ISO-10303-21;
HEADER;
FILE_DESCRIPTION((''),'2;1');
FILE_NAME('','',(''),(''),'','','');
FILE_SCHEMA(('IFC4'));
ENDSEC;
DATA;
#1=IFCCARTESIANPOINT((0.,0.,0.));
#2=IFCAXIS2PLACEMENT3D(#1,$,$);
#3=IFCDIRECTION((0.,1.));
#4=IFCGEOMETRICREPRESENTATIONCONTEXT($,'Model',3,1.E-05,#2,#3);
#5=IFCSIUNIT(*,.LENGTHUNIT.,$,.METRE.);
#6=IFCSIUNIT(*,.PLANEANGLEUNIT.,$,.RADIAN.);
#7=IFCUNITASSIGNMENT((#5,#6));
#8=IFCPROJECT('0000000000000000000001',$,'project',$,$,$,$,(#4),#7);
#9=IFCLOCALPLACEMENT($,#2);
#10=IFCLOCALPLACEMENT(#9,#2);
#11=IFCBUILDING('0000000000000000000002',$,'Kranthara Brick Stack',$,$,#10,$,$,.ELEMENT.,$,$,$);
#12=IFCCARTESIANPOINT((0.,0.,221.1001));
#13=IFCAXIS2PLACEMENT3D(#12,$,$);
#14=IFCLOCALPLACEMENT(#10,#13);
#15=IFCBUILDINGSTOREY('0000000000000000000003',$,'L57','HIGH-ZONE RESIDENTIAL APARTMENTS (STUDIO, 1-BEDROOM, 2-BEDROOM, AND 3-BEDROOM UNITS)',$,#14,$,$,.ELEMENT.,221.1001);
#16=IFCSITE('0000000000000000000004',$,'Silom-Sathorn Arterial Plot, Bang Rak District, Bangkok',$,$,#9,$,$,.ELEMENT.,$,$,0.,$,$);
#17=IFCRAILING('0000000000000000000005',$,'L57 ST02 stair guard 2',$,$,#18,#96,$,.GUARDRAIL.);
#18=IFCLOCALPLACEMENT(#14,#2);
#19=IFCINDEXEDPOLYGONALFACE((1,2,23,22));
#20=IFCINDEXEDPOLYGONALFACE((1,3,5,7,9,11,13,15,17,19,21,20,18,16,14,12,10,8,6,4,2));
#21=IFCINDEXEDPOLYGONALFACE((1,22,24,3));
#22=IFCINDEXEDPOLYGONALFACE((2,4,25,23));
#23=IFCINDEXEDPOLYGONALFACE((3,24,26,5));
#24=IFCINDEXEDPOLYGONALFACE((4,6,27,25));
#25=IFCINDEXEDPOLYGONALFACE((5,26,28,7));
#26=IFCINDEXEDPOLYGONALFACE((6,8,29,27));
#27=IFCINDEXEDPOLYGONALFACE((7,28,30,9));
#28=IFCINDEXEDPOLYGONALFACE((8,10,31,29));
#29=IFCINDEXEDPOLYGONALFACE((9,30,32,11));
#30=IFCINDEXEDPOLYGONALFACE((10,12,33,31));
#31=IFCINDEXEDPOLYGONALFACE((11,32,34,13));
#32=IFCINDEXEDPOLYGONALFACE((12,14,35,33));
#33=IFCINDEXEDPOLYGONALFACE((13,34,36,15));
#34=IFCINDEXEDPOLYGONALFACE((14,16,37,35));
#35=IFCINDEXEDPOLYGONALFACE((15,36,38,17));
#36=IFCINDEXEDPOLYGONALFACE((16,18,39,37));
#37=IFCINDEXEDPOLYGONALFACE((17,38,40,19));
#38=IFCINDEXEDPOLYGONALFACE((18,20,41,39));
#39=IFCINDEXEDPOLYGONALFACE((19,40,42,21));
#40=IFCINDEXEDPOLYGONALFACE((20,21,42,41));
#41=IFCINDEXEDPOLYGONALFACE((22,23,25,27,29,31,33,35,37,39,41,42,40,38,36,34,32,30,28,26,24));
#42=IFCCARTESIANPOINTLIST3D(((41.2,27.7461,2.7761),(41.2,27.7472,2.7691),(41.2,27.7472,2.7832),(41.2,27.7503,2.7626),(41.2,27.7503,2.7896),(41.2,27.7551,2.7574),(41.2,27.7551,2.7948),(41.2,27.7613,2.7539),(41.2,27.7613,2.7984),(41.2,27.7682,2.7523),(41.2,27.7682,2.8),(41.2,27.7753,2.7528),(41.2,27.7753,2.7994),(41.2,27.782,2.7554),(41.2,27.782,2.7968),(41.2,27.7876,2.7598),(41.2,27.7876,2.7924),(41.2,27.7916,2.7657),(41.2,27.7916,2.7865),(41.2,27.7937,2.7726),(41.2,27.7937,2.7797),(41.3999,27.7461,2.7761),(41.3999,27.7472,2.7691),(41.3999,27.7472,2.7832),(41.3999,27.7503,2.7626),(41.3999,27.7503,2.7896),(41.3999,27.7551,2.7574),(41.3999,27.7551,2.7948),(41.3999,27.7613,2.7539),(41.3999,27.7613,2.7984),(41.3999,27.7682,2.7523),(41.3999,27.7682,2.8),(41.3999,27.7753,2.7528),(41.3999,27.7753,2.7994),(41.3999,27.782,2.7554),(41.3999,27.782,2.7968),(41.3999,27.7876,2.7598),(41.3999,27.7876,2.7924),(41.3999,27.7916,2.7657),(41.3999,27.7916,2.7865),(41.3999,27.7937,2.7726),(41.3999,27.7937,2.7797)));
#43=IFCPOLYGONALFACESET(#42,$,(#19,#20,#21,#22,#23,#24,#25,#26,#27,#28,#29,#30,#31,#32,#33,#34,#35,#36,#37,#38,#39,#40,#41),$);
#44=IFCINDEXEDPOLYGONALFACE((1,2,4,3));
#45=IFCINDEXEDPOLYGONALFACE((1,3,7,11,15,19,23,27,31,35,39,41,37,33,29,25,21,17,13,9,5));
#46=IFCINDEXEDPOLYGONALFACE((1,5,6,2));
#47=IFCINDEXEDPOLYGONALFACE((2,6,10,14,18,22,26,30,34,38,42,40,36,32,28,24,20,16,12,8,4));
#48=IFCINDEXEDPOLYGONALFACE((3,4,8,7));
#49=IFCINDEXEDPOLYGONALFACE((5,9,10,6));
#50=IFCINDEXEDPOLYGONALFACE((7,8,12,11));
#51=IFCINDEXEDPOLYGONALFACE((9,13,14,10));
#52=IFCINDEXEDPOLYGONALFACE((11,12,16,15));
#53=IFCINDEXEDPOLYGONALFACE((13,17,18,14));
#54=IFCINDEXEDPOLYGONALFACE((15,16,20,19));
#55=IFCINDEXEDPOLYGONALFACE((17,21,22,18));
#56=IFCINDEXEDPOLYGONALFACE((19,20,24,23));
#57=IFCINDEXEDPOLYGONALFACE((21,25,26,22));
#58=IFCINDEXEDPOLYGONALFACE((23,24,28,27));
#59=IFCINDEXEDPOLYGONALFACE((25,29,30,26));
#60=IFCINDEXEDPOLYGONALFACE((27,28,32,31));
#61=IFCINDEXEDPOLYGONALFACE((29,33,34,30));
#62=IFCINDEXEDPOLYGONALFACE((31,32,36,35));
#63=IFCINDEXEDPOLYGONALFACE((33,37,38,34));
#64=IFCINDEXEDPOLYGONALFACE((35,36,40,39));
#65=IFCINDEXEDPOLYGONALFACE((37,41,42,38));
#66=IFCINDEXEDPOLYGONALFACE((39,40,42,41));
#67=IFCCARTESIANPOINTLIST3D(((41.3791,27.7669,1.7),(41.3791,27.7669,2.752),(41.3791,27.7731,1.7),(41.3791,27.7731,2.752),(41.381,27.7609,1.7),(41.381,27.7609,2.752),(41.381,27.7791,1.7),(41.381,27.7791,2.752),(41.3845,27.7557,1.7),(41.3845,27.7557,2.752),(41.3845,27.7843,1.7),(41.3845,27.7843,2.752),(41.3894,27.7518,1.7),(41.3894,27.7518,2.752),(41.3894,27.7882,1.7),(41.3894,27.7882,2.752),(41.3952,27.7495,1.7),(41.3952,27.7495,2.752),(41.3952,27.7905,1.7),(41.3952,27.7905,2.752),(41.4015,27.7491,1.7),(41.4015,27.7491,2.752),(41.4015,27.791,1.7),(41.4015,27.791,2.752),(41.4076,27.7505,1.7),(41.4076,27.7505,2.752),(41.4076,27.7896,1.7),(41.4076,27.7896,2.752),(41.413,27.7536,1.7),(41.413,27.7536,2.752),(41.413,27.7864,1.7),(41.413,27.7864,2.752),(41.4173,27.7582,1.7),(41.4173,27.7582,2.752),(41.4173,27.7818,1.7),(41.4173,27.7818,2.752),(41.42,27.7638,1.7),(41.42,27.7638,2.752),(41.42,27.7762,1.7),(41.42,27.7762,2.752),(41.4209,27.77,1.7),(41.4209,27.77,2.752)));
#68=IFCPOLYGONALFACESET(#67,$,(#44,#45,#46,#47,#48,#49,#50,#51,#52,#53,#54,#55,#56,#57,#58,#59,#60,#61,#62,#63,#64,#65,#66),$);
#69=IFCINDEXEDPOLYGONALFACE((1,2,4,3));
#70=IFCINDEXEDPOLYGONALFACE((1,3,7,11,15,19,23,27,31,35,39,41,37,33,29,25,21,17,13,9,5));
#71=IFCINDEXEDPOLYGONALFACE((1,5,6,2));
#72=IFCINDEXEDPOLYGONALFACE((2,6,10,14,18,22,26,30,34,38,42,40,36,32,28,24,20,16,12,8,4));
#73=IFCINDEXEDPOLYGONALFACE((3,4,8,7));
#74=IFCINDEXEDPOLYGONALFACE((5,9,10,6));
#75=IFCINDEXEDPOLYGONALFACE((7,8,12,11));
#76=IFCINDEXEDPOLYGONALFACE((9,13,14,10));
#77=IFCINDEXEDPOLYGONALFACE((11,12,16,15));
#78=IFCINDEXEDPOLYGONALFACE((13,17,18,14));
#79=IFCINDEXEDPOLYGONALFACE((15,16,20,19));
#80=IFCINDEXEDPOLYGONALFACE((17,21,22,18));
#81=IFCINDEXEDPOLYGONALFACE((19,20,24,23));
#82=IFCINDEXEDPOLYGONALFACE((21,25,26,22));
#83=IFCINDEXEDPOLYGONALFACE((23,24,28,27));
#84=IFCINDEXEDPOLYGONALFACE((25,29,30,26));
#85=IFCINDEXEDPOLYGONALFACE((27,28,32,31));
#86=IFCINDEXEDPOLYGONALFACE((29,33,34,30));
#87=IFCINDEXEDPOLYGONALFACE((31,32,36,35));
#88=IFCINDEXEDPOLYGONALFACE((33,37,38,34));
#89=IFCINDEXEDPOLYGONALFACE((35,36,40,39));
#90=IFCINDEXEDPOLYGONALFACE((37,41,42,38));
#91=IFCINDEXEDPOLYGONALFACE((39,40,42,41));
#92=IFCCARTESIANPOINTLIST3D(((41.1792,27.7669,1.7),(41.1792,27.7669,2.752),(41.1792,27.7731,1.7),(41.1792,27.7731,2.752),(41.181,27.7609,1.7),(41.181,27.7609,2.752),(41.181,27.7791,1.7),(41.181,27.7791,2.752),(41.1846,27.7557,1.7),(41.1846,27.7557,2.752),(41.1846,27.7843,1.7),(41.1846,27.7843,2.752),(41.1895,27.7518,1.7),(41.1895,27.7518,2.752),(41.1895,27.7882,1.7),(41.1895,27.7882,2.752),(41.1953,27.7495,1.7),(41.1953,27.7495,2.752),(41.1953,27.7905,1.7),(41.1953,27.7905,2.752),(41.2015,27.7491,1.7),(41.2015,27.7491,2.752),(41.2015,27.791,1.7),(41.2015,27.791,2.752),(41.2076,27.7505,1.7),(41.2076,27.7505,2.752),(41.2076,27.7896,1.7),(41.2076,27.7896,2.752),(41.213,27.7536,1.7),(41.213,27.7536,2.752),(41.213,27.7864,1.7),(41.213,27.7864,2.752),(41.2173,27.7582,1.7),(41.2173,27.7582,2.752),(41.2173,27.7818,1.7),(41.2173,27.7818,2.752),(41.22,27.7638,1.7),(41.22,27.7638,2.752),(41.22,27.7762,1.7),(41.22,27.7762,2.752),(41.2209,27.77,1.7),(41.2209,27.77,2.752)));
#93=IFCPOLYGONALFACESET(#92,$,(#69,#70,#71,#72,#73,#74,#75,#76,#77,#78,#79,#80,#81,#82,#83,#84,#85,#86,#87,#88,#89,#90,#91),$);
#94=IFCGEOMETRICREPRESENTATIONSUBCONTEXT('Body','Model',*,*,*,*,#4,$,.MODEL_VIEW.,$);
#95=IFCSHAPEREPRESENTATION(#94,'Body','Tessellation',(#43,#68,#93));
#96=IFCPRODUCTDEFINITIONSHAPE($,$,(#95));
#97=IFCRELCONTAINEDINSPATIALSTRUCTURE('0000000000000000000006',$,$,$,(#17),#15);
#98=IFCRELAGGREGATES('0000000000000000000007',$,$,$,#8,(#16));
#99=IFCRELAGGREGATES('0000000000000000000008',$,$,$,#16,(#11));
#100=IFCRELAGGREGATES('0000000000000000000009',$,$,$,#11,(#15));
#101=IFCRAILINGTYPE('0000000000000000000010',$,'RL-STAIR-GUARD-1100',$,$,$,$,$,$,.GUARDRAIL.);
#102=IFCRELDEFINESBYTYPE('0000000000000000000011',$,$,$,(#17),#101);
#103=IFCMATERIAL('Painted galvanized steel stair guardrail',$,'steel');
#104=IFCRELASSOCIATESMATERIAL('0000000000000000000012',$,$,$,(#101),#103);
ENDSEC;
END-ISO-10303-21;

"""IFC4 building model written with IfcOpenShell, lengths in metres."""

from ifc_helpers import new_model, si_unit, direction, frame, origin, origin_2d, place, context, subcontext, project, spatial, circle, extrude, material, type_object, element, save


model = new_model("IFC4")

# Units and contexts
model_context = context("Model", 3, precision=1e-05, world=origin(), true_north=direction((0.0, 1.0)))
body_context = subcontext(model_context, "Body", "Model", "MODEL_VIEW")
ifc_project = project(units=[si_unit("LENGTHUNIT", "METRE"), si_unit("PLANEANGLEUNIT", "RADIAN")], contexts=[model_context])

# Site, building, storey
site_placement = place(None, origin())
site = spatial("IfcSite", under=ifc_project, at=site_placement, Name="Silom-Sathorn Arterial Plot, Bang Rak District, Bangkok", CompositionType="ELEMENT", RefElevation=0.0)
building_placement = place(site_placement, origin())
building = spatial("IfcBuilding", under=site, at=building_placement, Name="Kranthara Brick Stack", CompositionType="ELEMENT")
storey_placement = place(building_placement, frame((0.0, 0.0, 221.1001)))
storey = spatial("IfcBuildingStorey", under=building, at=storey_placement, Name="L57", Description="HIGH-ZONE RESIDENTIAL APARTMENTS (STUDIO, 1-BEDROOM, 2-BEDROOM, AND 3-BEDROOM UNITS)", CompositionType="ELEMENT", Elevation=221.1001)

# Railing
ifc_material_1 = material(Name="Painted galvanized steel stair guardrail", Category="steel")
railing_type_1 = type_object("IfcRailingType", Name="RL-STAIR-GUARD-1100", PredefinedType="GUARDRAIL", material=ifc_material_1)
railing_1_placement = place(storey_placement, frame((41.3999, 27.77, 1.7)))
element("IfcRailing", 1, at=railing_1_placement, inside=storey, type_object=railing_type_1, Name="L57 ST02 stair guard 2", PredefinedType="GUARDRAIL", context=body_context, shape_type="SweptSolid", body=[
    extrude(circle(Radius=0.0239, at=origin_2d()), frame((0.0, 0.0, 1.0762), z_axis=(-1.0, 0.0, 0.0), x_axis=(0.0, -1.0, 0.0)), (0.0, 0.0, 1.0), 0.2),
    extrude(circle(Radius=0.021, at=origin_2d()), origin(), (0.0, 0.0, 1.0), 1.052),
    extrude(circle(Radius=0.021, at=origin_2d()), frame((-0.2, 0.0, 0.0)), (0.0, 0.0, 1.0), 1.052),
])

save(model, "model.ifc")
